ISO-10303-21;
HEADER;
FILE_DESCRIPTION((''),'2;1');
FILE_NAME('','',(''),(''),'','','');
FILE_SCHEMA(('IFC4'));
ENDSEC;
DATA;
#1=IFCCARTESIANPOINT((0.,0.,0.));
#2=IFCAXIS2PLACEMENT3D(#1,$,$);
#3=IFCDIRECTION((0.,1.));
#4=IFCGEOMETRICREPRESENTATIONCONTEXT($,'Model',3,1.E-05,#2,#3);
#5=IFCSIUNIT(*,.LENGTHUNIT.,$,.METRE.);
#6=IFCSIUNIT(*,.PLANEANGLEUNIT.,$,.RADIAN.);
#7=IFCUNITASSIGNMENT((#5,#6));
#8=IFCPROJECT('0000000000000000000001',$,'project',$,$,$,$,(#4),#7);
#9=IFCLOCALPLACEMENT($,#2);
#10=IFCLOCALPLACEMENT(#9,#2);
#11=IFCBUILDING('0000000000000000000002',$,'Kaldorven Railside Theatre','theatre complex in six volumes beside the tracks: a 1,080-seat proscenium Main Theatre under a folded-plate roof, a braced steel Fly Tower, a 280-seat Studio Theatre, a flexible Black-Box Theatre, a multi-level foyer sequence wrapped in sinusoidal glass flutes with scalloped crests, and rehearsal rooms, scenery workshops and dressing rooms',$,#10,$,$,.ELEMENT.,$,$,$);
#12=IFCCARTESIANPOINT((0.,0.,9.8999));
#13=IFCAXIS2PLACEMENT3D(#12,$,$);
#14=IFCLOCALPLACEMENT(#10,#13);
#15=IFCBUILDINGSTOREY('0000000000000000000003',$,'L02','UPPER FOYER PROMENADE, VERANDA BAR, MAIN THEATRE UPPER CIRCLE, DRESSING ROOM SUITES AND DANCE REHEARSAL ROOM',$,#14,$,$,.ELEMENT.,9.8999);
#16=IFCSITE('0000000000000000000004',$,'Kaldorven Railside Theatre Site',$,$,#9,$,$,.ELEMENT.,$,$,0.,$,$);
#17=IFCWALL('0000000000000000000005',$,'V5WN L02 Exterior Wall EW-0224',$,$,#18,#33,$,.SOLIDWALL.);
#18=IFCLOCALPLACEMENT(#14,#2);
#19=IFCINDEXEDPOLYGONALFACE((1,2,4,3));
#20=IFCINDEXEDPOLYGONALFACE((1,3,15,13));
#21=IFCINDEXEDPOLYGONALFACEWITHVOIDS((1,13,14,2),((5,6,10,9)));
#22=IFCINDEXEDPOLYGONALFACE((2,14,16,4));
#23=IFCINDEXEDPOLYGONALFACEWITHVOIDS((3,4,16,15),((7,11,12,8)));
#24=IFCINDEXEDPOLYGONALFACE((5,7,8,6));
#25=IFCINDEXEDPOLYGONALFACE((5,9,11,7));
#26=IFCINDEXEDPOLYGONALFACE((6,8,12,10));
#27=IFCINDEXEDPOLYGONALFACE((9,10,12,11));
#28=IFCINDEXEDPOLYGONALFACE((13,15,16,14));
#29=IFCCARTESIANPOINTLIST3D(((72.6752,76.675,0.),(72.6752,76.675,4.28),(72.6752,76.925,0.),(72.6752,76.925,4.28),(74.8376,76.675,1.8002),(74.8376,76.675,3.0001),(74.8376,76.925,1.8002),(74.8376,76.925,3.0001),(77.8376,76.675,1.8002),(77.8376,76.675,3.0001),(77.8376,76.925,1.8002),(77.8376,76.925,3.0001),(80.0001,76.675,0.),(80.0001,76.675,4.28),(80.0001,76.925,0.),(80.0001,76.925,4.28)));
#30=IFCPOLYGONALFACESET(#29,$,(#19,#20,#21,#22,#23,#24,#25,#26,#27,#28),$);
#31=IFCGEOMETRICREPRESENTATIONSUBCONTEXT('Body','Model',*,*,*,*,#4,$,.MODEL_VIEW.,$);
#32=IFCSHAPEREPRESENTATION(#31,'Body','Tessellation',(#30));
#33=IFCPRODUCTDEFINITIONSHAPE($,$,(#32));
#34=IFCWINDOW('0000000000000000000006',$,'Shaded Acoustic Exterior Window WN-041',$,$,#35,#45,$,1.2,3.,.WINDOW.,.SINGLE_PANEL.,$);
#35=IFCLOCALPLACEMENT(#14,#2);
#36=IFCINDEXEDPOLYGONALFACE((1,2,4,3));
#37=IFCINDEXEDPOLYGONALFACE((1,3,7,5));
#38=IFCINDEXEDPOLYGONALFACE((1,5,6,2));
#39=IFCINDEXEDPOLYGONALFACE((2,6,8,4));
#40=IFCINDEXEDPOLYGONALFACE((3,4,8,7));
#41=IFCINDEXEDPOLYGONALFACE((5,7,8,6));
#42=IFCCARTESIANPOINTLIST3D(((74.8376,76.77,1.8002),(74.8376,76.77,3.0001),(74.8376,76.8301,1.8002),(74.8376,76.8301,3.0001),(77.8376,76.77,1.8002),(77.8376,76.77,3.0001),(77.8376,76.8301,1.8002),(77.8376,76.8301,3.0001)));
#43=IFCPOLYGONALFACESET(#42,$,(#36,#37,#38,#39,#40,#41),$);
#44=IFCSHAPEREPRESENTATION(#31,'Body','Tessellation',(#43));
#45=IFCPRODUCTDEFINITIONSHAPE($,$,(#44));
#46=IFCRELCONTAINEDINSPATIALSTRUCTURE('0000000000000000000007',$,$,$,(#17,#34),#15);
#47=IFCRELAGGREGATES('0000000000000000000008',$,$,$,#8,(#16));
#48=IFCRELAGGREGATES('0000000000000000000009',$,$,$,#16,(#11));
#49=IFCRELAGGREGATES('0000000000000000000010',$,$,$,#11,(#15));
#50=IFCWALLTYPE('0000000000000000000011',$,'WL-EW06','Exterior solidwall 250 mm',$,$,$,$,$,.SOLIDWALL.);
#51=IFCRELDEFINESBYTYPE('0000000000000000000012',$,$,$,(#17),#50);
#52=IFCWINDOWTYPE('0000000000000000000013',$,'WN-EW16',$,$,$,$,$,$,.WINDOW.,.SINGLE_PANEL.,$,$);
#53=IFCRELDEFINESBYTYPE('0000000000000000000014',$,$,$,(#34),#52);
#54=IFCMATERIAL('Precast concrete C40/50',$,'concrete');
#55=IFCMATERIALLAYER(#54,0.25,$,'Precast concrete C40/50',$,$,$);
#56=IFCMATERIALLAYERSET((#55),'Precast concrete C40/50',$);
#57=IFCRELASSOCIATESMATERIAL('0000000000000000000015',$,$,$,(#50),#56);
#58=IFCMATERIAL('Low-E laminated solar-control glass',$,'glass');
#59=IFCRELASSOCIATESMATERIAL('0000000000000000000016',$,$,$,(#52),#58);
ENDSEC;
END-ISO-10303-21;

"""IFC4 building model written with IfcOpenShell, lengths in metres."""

from ifc_helpers import new_model, si_unit, direction, frame, frame_2d, origin, place, context, subcontext, project, spatial, rectangle, extrude, material, layer, layer_set, type_object, element, fill, save


model = new_model("IFC4")

# Units and contexts
model_context = context("Model", 3, precision=1e-05, world=origin(), true_north=direction((0.0, 1.0)))
body_context = subcontext(model_context, "Body", "Model", "MODEL_VIEW")
ifc_project = project(units=[si_unit("LENGTHUNIT", "METRE"), si_unit("PLANEANGLEUNIT", "RADIAN")], contexts=[model_context])

# Site, building, storey
site_placement = place(None, origin())
site = spatial("IfcSite", under=ifc_project, at=site_placement, Name="Kaldorven Railside Theatre Site", CompositionType="ELEMENT", RefElevation=0.0)
building_placement = place(site_placement, origin())
building = spatial("IfcBuilding", under=site, at=building_placement, Name="Kaldorven Railside Theatre", Description="theatre complex in six volumes beside the tracks: a 1,080-seat proscenium Main Theatre under a folded-plate roof, a braced steel Fly Tower, a 280-seat Studio Theatre, a flexible Black-Box Theatre, a multi-level foyer sequence wrapped in sinusoidal glass flutes with scalloped crests, and rehearsal rooms, scenery workshops and dressing rooms", CompositionType="ELEMENT")
storey_placement = place(building_placement, frame((0.0, 0.0, 9.8999)))
storey = spatial("IfcBuildingStorey", under=building, at=storey_placement, Name="L02", Description="UPPER FOYER PROMENADE, VERANDA BAR, MAIN THEATRE UPPER CIRCLE, DRESSING ROOM SUITES AND DANCE REHEARSAL ROOM", CompositionType="ELEMENT", Elevation=9.8999)

# Shared definitions
ifc_material_1 = material(Name="Low-E laminated solar-control glass", Category="glass")

# Shared definitions
ifc_material_2 = material(Name="Precast concrete C40/50", Category="concrete")
ifc_layer_1 = layer(ifc_material_2, 0.25, Name="Precast concrete C40/50")
ifc_layer_set_1 = layer_set([ifc_layer_1], Name="Precast concrete C40/50")
wall_type = type_object("IfcWallType", Name="WL-EW06", Description="Exterior solidwall 250 mm", PredefinedType="SOLIDWALL", material=ifc_layer_set_1)

# Wall, opening, window
wall_1_placement = place(storey_placement, frame((72.675, 76.8, 0.0), z_axis=(0.0, 0.0, 1.0), x_axis=(1.0, 0.0, 0.0)))
wall_1 = element("IfcWall", 1, at=wall_1_placement, inside=storey, type_object=wall_type, Name="V5WN L02 Exterior Wall EW-0224", PredefinedType="SOLIDWALL", context=body_context, shape_type="SweptSolid", body=[
    extrude(rectangle(XDim=7.325, YDim=0.25, at=frame_2d((3.6626, 0.0))), origin(), (0.0, 0.0, 1.0), 4.28),
])
opening_1_placement = place(wall_1_placement, frame((2.1626, 0.0, 1.8)))
opening_1 = element("IfcOpeningElement", 2, at=opening_1_placement, cuts=wall_1, PredefinedType="OPENING", context=body_context, shape_type="SweptSolid", body=[
    extrude(rectangle(XDim=3.0, YDim=1.2, at=frame_2d((1.5, 0.6001))), frame((0.0, 0.135, 0.0), z_axis=(0.0, -1.0, 0.0), x_axis=(1.0, 0.0, 0.0)), (0.0, 0.0, 1.0), 0.27),
])
window_type = type_object("IfcWindowType", Name="WN-EW16", PartitioningType="SINGLE_PANEL", PredefinedType="WINDOW", material=ifc_material_1)
window_placement = place(opening_1_placement, origin())
window = element("IfcWindow", 3, at=window_placement, inside=storey, type_object=window_type, Name="Shaded Acoustic Exterior Window WN-041", OverallHeight=1.2, OverallWidth=3.0, PartitioningType="SINGLE_PANEL", PredefinedType="WINDOW", context=body_context, shape_type="SweptSolid", body=[
    extrude(rectangle(XDim=3.0, YDim=1.2, at=frame_2d((1.5, 0.6001))), frame((0.0, 0.03, 0.0), z_axis=(0.0, -1.0, 0.0), x_axis=(1.0, 0.0, 0.0)), (0.0, 0.0, 1.0), 0.0601),
])
fill(opening_1, window)

save(model, "model.ifc")
